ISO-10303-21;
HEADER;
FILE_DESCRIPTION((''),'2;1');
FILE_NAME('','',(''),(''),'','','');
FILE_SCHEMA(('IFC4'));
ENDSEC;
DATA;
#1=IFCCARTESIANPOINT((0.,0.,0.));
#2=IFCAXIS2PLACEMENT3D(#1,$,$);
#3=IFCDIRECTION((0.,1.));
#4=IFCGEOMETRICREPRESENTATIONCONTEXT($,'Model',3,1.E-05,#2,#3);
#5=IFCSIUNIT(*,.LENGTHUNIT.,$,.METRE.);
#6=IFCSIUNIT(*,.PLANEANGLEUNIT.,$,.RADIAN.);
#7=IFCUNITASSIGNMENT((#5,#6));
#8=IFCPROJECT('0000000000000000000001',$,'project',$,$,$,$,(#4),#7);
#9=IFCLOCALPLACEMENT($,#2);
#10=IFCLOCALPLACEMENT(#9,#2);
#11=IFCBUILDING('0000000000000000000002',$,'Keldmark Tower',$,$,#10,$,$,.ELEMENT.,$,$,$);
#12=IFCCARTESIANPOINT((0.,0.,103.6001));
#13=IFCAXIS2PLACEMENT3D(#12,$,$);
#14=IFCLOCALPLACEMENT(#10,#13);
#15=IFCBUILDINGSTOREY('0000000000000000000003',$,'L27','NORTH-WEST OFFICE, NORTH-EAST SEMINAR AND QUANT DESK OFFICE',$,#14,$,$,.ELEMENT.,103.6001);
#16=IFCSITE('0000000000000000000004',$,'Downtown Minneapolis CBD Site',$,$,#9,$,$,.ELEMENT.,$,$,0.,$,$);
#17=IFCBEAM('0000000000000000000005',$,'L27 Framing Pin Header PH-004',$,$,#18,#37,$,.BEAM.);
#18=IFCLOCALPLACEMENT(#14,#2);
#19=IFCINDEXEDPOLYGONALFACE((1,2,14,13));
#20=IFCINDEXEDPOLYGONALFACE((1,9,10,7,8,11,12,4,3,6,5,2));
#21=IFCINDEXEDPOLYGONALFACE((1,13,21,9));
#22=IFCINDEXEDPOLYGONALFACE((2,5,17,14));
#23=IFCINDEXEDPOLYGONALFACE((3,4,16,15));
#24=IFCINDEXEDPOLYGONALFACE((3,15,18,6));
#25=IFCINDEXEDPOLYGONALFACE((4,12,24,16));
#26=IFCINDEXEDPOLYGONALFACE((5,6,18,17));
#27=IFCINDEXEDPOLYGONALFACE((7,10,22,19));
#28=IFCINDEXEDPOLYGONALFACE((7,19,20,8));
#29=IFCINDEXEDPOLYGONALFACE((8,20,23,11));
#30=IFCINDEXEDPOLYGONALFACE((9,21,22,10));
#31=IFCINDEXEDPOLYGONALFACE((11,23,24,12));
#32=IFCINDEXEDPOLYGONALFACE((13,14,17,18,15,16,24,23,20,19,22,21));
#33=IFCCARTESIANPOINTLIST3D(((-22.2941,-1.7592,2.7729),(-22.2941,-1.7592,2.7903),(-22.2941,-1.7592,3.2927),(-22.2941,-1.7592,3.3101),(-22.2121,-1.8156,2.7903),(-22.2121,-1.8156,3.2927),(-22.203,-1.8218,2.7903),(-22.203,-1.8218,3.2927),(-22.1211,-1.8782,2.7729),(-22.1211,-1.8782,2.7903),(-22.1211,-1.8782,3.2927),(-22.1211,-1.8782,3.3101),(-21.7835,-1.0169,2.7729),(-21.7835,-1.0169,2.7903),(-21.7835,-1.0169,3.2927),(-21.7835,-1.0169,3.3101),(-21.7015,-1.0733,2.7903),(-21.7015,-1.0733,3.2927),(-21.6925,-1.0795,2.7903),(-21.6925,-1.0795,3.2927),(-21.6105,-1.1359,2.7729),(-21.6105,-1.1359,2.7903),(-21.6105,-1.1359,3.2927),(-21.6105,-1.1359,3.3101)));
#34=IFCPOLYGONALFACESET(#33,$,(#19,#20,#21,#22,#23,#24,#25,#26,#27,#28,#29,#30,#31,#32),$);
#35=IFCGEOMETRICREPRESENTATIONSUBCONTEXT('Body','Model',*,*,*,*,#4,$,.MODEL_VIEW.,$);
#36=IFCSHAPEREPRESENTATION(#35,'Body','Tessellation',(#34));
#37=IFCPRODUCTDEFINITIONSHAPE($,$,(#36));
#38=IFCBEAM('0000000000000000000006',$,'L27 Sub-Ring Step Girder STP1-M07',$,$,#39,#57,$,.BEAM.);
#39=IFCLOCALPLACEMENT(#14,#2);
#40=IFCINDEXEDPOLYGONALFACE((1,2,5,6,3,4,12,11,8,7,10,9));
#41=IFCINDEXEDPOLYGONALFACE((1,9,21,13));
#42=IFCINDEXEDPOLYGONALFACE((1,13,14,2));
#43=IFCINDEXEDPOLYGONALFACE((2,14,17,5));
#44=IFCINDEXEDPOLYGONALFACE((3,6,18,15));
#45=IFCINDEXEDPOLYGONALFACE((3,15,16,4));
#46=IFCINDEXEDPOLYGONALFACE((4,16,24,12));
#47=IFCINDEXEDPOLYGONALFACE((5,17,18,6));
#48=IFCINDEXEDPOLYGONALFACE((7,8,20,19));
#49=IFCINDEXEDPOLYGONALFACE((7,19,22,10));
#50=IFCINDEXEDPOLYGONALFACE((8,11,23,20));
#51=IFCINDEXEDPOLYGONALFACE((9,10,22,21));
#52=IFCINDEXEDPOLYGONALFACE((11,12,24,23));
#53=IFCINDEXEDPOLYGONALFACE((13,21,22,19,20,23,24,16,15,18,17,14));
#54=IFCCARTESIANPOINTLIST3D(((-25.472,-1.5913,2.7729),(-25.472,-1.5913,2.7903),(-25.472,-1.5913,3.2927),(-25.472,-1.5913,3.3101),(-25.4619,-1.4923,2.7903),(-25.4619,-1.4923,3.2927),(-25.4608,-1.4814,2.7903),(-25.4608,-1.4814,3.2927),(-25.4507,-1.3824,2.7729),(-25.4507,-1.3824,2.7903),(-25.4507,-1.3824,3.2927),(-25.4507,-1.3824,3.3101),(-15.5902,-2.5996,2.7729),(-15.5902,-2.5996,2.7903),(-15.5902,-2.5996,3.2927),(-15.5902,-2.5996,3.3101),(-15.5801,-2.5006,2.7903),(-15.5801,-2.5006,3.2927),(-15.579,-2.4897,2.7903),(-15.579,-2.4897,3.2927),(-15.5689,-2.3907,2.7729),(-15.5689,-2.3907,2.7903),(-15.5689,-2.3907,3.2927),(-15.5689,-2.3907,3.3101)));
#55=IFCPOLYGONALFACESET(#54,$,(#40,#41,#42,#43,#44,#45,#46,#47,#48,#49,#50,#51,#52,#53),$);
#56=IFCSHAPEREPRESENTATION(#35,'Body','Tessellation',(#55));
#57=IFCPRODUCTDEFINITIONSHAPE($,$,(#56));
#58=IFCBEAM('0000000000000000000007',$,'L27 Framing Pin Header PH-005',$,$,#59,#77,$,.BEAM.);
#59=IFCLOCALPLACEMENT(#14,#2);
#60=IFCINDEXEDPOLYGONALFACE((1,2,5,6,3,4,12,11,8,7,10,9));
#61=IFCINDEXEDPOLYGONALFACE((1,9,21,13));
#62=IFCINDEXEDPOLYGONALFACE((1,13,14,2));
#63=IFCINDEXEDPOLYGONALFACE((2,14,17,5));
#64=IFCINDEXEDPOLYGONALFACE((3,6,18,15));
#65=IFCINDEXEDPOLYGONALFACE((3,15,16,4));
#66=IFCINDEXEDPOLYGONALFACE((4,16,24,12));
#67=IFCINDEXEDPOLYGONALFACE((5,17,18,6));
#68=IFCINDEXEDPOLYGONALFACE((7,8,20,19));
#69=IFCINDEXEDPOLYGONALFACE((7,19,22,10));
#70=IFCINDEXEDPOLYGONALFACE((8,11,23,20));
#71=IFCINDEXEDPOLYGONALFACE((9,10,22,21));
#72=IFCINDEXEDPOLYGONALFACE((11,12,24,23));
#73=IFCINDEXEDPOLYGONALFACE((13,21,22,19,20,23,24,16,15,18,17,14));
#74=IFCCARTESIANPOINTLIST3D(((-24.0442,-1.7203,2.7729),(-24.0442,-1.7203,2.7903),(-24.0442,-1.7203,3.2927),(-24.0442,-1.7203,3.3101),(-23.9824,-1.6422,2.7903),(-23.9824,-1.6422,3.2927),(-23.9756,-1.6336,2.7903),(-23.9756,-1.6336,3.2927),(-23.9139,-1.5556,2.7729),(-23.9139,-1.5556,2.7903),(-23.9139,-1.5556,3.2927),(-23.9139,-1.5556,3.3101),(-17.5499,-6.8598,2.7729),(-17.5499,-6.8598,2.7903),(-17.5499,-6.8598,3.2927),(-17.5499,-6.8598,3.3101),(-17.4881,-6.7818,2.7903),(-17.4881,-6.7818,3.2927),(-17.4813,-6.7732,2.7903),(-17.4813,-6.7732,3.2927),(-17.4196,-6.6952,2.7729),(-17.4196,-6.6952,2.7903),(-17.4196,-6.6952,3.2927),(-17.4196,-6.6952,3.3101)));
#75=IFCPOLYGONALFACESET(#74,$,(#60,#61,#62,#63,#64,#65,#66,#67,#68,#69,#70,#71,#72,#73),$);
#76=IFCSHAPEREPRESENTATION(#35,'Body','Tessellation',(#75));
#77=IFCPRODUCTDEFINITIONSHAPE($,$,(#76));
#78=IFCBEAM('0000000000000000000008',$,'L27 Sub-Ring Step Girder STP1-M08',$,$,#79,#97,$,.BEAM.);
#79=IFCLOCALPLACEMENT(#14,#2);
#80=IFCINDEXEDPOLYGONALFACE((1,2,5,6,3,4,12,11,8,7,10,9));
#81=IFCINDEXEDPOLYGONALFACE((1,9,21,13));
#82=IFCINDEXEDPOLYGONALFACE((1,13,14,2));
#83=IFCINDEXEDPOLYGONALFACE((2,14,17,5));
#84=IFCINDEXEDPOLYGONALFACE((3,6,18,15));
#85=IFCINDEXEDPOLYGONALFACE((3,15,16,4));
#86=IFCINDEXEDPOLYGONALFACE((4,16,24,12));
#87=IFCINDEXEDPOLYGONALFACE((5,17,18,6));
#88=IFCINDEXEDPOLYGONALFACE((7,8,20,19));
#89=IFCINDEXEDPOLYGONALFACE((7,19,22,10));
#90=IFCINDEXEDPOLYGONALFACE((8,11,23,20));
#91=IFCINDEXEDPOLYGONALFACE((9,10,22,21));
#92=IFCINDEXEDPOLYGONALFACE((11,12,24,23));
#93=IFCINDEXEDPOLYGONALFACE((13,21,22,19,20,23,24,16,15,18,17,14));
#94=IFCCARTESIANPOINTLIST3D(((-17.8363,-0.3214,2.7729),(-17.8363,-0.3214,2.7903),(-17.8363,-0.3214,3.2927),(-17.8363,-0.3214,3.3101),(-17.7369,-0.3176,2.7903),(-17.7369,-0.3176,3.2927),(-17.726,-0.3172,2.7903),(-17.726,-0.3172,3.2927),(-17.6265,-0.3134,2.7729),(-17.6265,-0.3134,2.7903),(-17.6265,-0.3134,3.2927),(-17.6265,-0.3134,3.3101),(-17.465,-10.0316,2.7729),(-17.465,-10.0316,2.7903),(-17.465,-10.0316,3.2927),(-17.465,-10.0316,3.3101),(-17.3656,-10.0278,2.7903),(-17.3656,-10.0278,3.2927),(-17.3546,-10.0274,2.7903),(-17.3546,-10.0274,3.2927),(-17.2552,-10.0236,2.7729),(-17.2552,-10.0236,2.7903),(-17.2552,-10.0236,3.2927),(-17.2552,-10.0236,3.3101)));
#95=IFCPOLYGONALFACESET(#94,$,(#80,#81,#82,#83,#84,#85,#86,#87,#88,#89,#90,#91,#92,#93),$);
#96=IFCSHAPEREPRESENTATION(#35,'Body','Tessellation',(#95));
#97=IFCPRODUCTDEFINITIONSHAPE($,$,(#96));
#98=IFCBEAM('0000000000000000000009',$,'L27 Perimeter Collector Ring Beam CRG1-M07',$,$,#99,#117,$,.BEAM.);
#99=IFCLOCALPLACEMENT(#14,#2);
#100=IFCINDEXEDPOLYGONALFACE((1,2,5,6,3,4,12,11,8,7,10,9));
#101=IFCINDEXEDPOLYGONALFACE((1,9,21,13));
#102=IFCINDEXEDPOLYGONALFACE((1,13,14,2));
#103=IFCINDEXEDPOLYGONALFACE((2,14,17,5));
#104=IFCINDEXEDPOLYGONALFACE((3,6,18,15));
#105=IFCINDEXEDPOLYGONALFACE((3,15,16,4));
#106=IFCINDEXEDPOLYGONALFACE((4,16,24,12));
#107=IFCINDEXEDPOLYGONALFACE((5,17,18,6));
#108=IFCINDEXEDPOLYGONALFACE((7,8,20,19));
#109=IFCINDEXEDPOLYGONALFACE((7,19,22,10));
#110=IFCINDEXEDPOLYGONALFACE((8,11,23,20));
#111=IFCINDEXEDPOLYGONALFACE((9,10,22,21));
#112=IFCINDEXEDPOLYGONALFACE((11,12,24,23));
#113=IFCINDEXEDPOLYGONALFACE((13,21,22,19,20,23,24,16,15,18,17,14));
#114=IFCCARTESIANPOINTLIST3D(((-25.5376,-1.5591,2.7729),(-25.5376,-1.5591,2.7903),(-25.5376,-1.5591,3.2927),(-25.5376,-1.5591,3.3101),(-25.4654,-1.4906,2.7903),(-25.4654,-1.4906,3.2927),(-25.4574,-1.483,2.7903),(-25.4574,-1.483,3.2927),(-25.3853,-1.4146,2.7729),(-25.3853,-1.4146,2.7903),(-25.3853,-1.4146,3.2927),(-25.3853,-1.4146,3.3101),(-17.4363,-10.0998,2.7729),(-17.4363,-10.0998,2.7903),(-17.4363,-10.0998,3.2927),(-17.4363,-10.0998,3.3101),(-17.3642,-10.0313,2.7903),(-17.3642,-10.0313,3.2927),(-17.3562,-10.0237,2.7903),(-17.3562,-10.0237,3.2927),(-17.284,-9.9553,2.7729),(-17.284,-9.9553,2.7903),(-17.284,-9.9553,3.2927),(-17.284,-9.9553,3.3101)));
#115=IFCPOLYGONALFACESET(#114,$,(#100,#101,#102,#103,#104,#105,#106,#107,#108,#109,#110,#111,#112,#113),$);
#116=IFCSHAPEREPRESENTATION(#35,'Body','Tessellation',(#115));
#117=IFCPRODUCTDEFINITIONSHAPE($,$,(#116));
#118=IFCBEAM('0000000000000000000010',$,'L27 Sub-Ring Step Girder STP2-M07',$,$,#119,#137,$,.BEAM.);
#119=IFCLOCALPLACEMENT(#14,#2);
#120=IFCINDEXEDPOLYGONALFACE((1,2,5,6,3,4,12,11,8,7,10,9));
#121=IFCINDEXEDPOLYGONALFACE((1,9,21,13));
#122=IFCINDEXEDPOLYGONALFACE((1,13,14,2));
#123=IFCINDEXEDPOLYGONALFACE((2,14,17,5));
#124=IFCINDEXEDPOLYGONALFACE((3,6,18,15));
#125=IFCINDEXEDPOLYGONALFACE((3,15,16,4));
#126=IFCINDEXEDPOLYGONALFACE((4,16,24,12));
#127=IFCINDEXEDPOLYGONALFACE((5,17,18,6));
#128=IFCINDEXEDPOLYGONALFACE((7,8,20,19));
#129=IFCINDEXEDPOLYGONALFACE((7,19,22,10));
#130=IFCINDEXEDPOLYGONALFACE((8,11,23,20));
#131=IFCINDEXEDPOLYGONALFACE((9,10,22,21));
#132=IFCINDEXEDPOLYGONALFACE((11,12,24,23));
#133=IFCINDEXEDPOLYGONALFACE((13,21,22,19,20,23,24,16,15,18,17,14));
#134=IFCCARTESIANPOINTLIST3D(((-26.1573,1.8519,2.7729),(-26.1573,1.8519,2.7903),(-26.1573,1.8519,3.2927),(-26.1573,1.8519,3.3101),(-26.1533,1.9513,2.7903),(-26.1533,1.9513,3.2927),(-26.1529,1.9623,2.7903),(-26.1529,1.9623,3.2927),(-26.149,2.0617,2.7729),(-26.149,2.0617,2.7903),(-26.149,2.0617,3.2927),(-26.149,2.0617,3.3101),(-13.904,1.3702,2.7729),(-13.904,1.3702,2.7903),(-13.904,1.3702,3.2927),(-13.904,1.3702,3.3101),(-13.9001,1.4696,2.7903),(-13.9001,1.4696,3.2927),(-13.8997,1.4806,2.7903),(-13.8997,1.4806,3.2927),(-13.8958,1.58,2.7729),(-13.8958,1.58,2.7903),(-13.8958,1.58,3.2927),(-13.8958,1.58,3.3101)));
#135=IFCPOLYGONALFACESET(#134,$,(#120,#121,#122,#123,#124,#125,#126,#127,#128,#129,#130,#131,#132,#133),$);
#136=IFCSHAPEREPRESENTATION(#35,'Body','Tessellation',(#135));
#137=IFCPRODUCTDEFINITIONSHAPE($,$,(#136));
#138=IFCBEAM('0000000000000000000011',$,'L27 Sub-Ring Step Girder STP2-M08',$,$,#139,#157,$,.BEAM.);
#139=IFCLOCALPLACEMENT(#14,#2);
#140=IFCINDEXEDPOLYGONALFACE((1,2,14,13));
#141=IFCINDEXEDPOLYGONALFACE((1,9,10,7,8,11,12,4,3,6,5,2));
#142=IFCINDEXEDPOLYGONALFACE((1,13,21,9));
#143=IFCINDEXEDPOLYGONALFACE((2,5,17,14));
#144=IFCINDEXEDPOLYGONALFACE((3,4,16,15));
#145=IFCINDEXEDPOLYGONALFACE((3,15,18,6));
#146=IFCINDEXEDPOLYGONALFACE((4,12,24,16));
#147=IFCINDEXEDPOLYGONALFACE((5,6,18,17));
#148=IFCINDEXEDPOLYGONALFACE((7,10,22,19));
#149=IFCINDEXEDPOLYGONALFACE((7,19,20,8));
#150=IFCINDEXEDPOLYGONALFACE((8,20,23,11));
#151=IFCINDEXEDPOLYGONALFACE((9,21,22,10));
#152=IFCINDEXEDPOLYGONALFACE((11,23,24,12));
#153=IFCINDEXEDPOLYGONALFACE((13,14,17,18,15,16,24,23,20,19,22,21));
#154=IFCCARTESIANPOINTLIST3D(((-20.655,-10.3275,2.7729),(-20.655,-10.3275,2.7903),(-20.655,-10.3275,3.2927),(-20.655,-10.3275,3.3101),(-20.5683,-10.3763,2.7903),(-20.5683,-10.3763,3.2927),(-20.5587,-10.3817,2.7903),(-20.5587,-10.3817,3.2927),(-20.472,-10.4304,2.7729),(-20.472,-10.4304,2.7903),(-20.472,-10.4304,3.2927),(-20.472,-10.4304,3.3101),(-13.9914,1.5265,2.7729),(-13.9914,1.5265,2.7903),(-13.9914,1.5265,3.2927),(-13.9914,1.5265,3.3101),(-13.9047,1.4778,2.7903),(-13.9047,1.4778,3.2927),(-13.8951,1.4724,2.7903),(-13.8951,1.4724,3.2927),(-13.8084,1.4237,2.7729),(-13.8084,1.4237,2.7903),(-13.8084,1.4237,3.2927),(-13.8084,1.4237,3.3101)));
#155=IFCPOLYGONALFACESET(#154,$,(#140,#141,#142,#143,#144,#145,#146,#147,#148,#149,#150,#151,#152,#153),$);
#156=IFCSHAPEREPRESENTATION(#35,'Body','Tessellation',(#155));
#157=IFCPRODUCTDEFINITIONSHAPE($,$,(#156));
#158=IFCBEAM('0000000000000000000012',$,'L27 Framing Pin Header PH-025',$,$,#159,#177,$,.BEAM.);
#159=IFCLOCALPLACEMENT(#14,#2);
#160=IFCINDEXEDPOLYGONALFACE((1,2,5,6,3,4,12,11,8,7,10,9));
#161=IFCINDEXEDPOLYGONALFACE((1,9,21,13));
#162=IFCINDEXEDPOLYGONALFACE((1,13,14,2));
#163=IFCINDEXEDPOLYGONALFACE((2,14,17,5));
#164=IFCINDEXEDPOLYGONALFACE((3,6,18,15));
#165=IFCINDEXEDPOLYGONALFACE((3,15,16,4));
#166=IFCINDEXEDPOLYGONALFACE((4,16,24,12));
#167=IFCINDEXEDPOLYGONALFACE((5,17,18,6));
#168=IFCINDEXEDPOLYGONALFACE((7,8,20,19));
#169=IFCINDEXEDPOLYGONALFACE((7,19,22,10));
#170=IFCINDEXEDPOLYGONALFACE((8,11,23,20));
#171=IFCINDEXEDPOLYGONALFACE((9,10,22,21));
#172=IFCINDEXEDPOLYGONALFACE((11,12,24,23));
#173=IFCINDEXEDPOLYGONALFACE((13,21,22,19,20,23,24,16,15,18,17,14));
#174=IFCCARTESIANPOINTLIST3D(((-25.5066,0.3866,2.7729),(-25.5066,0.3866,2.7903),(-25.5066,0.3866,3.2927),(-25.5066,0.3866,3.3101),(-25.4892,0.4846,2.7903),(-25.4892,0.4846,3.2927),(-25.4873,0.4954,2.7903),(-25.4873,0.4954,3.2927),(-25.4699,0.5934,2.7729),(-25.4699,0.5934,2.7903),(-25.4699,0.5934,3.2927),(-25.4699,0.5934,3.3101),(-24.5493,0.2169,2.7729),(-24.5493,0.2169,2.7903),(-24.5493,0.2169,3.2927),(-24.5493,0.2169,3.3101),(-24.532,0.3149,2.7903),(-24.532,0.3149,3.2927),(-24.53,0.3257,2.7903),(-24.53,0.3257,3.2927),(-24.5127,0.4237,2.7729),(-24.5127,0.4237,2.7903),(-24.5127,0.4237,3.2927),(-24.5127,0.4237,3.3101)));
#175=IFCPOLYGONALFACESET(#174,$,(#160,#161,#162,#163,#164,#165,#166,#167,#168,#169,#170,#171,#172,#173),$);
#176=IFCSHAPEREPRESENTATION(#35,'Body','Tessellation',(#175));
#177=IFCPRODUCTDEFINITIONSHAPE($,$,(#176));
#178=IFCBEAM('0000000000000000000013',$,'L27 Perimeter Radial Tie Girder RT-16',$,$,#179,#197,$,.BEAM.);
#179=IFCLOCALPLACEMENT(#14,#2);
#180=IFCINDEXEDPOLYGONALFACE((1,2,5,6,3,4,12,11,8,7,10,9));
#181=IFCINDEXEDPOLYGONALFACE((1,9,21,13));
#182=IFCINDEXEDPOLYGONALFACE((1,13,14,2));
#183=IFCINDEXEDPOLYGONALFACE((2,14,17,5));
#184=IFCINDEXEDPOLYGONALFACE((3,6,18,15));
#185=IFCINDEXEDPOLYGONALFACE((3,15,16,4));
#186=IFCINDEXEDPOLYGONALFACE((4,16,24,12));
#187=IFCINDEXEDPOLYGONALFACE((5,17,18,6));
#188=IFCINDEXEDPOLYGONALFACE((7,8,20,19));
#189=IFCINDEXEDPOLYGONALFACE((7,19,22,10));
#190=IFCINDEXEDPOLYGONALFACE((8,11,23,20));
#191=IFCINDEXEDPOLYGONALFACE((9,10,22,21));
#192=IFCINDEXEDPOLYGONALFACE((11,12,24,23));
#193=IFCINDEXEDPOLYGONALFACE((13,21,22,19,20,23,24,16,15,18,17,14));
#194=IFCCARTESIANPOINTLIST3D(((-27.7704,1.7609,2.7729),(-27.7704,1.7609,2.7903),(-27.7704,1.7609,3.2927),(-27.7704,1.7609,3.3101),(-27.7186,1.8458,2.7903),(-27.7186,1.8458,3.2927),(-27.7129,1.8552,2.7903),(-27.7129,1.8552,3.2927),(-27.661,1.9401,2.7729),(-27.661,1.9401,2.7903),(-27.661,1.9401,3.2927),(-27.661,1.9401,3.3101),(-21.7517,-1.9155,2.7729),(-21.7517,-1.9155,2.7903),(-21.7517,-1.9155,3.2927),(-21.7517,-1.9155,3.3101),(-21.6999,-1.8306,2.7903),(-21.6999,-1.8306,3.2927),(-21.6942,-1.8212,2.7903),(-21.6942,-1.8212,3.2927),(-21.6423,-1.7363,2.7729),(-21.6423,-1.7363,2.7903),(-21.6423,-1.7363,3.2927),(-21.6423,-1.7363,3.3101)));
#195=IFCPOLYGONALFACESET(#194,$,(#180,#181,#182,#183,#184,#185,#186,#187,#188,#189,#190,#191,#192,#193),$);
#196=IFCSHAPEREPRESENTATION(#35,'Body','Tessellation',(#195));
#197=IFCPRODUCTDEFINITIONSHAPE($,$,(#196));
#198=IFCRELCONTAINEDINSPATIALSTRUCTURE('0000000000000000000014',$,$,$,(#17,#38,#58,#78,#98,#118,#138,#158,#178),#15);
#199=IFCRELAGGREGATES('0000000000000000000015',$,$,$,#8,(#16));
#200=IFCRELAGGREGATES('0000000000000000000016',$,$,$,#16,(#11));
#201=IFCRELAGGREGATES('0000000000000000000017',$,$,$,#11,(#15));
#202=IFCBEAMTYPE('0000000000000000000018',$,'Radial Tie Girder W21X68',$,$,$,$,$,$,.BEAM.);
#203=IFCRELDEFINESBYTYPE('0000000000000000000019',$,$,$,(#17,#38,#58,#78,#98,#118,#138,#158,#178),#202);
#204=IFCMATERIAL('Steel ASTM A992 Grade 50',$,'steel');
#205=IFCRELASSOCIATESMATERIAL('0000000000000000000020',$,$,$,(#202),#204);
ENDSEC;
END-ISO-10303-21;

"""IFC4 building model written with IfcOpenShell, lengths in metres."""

from ifc_helpers import new_model, si_unit, direction, frame, origin, origin_2d, place, context, subcontext, project, spatial, i_section, extrude, material, material_profile, profile_set, type_object, element, save


model = new_model("IFC4")

# Units and contexts
model_context = context("Model", 3, precision=1e-05, world=origin(), true_north=direction((0.0, 1.0)))
body_context = subcontext(model_context, "Body", "Model", "MODEL_VIEW")
ifc_project = project(units=[si_unit("LENGTHUNIT", "METRE"), si_unit("PLANEANGLEUNIT", "RADIAN")], contexts=[model_context])

# Site, building, storey
site_placement = place(None, origin())
site = spatial("IfcSite", under=ifc_project, at=site_placement, Name="Downtown Minneapolis CBD Site", CompositionType="ELEMENT", RefElevation=0.0)
building_placement = place(site_placement, origin())
building = spatial("IfcBuilding", under=site, at=building_placement, Name="Keldmark Tower", CompositionType="ELEMENT")
storey_placement = place(building_placement, frame((0.0, 0.0, 103.6001)))
storey = spatial("IfcBuildingStorey", under=building, at=storey_placement, Name="L27", Description="NORTH-WEST OFFICE, NORTH-EAST SEMINAR AND QUANT DESK OFFICE", CompositionType="ELEMENT", Elevation=103.6001)

# Beams
ifc_material_1 = material(Name="Steel ASTM A992 Grade 50", Category="steel")
ifc_material_profile_1 = material_profile(ifc_material_1, i_section(OverallWidth=0.21, OverallDepth=0.5371, WebThickness=0.011, FlangeThickness=0.0173, at=origin_2d()), Name="W21X68")
ifc_profile_set_1 = profile_set([ifc_material_profile_1], Name="Steel ASTM A992 Grade 50")
beam_type_1 = type_object("IfcBeamType", Name="Radial Tie Girder W21X68", PredefinedType="BEAM", material=ifc_profile_set_1)
beam_1_placement = place(storey_placement, frame((-21.697, -1.0764, 3.0415), z_axis=(-0.566713, -0.823915, 0.0), x_axis=(0.823915, -0.566713, 0.0)))
element("IfcBeam", 1, at=beam_1_placement, inside=storey, type_object=beam_type_1, Name="L27 Framing Pin Header PH-004", PredefinedType="BEAM", context=body_context, shape_type="SweptSolid", body=[
    extrude(i_section(OverallWidth=0.21, OverallDepth=0.5371, WebThickness=0.011, FlangeThickness=0.0173, at=origin_2d()), origin(), (0.0, 0.0, 1.0), 0.9009),
])
beam_2_placement = place(storey_placement, frame((-15.5796, -2.4951, 3.0415), z_axis=(-0.994835, 0.101509, 0.0), x_axis=(-0.101509, -0.994835, 0.0)))
element("IfcBeam", 2, at=beam_2_placement, inside=storey, type_object=beam_type_1, Name="L27 Sub-Ring Step Girder STP1-M07", PredefinedType="BEAM", context=body_context, shape_type="SweptSolid", body=[
    extrude(i_section(OverallWidth=0.21, OverallDepth=0.5371, WebThickness=0.011, FlangeThickness=0.0173, at=origin_2d()), origin(), (0.0, 0.0, 1.0), 9.9331),
])
beam_3_placement = place(storey_placement, frame((-23.979, -1.6379, 3.0415), z_axis=(0.784148, -0.620574, 0.0), x_axis=(0.620574, 0.784148, 0.0)))
element("IfcBeam", 3, at=beam_3_placement, inside=storey, type_object=beam_type_1, Name="L27 Framing Pin Header PH-005", PredefinedType="BEAM", context=body_context, shape_type="SweptSolid", body=[
    extrude(i_section(OverallWidth=0.21, OverallDepth=0.5371, WebThickness=0.011, FlangeThickness=0.0173, at=origin_2d()), origin(), (0.0, 0.0, 1.0), 8.282),
])
beam_4_placement = place(storey_placement, frame((-17.7314, -0.3174, 3.0415), z_axis=(0.038214, -0.99927, 0.0), x_axis=(0.99927, 0.038214, 0.0)))
element("IfcBeam", 4, at=beam_4_placement, inside=storey, type_object=beam_type_1, Name="L27 Sub-Ring Step Girder STP1-M08", PredefinedType="BEAM", context=body_context, shape_type="SweptSolid", body=[
    extrude(i_section(OverallWidth=0.21, OverallDepth=0.5371, WebThickness=0.011, FlangeThickness=0.0173, at=origin_2d()), origin(), (0.0, 0.0, 1.0), 9.7173),
])
beam_5_placement = place(storey_placement, frame((-25.4614, -1.4868, 3.0415), z_axis=(0.688195, -0.725526, 0.0), x_axis=(0.725526, 0.688195, 0.0)))
element("IfcBeam", 5, at=beam_5_placement, inside=storey, type_object=beam_type_1, Name="L27 Perimeter Collector Ring Beam CRG1-M07", PredefinedType="BEAM", context=body_context, shape_type="SweptSolid", body=[
    extrude(i_section(OverallWidth=0.21, OverallDepth=0.5371, WebThickness=0.011, FlangeThickness=0.0173, at=origin_2d()), origin(), (0.0, 0.0, 1.0), 11.7717),
])
beam_6_placement = place(storey_placement, frame((-13.8999, 1.4751, 3.0415), z_axis=(-0.999228, 0.039281, 0.0), x_axis=(-0.039281, -0.999228, 0.0)))
element("IfcBeam", 6, at=beam_6_placement, inside=storey, type_object=beam_type_1, Name="L27 Sub-Ring Step Girder STP2-M07", PredefinedType="BEAM", context=body_context, shape_type="SweptSolid", body=[
    extrude(i_section(OverallWidth=0.21, OverallDepth=0.5371, WebThickness=0.011, FlangeThickness=0.0173, at=origin_2d()), origin(), (0.0, 0.0, 1.0), 12.2627),
])
beam_7_placement = place(storey_placement, frame((-13.8999, 1.4751, 3.0415), z_axis=(-0.490021, -0.871711, 0.0), x_axis=(0.871711, -0.490021, 0.0)))
element("IfcBeam", 7, at=beam_7_placement, inside=storey, type_object=beam_type_1, Name="L27 Sub-Ring Step Girder STP2-M08", PredefinedType="BEAM", context=body_context, shape_type="SweptSolid", body=[
    extrude(i_section(OverallWidth=0.21, OverallDepth=0.5371, WebThickness=0.011, FlangeThickness=0.0173, at=origin_2d()), origin(), (0.0, 0.0, 1.0), 13.5986),
])
beam_8_placement = place(storey_placement, frame((-24.531, 0.3203, 3.0415), z_axis=(-0.984652, 0.17453, 0.0), x_axis=(-0.17453, -0.984652, 0.0)))
element("IfcBeam", 8, at=beam_8_placement, inside=storey, type_object=beam_type_1, Name="L27 Framing Pin Header PH-025", PredefinedType="BEAM", context=body_context, shape_type="SweptSolid", body=[
    extrude(i_section(OverallWidth=0.21, OverallDepth=0.5371, WebThickness=0.011, FlangeThickness=0.0173, at=origin_2d()), origin(), (0.0, 0.0, 1.0), 0.9722),
])
beam_9_placement = place(storey_placement, frame((-21.697, -1.8259, 3.0415), z_axis=(-0.853385, 0.521281, 0.0), x_axis=(-0.521281, -0.853385, 0.0)))
element("IfcBeam", 9, at=beam_9_placement, inside=storey, type_object=beam_type_1, Name="L27 Perimeter Radial Tie Girder RT-16", PredefinedType="BEAM", context=body_context, shape_type="SweptSolid", body=[
    extrude(i_section(OverallWidth=0.21, OverallDepth=0.5371, WebThickness=0.011, FlangeThickness=0.0173, at=origin_2d()), origin(), (0.0, 0.0, 1.0), 7.0527),
])

save(model, "model.ifc")
